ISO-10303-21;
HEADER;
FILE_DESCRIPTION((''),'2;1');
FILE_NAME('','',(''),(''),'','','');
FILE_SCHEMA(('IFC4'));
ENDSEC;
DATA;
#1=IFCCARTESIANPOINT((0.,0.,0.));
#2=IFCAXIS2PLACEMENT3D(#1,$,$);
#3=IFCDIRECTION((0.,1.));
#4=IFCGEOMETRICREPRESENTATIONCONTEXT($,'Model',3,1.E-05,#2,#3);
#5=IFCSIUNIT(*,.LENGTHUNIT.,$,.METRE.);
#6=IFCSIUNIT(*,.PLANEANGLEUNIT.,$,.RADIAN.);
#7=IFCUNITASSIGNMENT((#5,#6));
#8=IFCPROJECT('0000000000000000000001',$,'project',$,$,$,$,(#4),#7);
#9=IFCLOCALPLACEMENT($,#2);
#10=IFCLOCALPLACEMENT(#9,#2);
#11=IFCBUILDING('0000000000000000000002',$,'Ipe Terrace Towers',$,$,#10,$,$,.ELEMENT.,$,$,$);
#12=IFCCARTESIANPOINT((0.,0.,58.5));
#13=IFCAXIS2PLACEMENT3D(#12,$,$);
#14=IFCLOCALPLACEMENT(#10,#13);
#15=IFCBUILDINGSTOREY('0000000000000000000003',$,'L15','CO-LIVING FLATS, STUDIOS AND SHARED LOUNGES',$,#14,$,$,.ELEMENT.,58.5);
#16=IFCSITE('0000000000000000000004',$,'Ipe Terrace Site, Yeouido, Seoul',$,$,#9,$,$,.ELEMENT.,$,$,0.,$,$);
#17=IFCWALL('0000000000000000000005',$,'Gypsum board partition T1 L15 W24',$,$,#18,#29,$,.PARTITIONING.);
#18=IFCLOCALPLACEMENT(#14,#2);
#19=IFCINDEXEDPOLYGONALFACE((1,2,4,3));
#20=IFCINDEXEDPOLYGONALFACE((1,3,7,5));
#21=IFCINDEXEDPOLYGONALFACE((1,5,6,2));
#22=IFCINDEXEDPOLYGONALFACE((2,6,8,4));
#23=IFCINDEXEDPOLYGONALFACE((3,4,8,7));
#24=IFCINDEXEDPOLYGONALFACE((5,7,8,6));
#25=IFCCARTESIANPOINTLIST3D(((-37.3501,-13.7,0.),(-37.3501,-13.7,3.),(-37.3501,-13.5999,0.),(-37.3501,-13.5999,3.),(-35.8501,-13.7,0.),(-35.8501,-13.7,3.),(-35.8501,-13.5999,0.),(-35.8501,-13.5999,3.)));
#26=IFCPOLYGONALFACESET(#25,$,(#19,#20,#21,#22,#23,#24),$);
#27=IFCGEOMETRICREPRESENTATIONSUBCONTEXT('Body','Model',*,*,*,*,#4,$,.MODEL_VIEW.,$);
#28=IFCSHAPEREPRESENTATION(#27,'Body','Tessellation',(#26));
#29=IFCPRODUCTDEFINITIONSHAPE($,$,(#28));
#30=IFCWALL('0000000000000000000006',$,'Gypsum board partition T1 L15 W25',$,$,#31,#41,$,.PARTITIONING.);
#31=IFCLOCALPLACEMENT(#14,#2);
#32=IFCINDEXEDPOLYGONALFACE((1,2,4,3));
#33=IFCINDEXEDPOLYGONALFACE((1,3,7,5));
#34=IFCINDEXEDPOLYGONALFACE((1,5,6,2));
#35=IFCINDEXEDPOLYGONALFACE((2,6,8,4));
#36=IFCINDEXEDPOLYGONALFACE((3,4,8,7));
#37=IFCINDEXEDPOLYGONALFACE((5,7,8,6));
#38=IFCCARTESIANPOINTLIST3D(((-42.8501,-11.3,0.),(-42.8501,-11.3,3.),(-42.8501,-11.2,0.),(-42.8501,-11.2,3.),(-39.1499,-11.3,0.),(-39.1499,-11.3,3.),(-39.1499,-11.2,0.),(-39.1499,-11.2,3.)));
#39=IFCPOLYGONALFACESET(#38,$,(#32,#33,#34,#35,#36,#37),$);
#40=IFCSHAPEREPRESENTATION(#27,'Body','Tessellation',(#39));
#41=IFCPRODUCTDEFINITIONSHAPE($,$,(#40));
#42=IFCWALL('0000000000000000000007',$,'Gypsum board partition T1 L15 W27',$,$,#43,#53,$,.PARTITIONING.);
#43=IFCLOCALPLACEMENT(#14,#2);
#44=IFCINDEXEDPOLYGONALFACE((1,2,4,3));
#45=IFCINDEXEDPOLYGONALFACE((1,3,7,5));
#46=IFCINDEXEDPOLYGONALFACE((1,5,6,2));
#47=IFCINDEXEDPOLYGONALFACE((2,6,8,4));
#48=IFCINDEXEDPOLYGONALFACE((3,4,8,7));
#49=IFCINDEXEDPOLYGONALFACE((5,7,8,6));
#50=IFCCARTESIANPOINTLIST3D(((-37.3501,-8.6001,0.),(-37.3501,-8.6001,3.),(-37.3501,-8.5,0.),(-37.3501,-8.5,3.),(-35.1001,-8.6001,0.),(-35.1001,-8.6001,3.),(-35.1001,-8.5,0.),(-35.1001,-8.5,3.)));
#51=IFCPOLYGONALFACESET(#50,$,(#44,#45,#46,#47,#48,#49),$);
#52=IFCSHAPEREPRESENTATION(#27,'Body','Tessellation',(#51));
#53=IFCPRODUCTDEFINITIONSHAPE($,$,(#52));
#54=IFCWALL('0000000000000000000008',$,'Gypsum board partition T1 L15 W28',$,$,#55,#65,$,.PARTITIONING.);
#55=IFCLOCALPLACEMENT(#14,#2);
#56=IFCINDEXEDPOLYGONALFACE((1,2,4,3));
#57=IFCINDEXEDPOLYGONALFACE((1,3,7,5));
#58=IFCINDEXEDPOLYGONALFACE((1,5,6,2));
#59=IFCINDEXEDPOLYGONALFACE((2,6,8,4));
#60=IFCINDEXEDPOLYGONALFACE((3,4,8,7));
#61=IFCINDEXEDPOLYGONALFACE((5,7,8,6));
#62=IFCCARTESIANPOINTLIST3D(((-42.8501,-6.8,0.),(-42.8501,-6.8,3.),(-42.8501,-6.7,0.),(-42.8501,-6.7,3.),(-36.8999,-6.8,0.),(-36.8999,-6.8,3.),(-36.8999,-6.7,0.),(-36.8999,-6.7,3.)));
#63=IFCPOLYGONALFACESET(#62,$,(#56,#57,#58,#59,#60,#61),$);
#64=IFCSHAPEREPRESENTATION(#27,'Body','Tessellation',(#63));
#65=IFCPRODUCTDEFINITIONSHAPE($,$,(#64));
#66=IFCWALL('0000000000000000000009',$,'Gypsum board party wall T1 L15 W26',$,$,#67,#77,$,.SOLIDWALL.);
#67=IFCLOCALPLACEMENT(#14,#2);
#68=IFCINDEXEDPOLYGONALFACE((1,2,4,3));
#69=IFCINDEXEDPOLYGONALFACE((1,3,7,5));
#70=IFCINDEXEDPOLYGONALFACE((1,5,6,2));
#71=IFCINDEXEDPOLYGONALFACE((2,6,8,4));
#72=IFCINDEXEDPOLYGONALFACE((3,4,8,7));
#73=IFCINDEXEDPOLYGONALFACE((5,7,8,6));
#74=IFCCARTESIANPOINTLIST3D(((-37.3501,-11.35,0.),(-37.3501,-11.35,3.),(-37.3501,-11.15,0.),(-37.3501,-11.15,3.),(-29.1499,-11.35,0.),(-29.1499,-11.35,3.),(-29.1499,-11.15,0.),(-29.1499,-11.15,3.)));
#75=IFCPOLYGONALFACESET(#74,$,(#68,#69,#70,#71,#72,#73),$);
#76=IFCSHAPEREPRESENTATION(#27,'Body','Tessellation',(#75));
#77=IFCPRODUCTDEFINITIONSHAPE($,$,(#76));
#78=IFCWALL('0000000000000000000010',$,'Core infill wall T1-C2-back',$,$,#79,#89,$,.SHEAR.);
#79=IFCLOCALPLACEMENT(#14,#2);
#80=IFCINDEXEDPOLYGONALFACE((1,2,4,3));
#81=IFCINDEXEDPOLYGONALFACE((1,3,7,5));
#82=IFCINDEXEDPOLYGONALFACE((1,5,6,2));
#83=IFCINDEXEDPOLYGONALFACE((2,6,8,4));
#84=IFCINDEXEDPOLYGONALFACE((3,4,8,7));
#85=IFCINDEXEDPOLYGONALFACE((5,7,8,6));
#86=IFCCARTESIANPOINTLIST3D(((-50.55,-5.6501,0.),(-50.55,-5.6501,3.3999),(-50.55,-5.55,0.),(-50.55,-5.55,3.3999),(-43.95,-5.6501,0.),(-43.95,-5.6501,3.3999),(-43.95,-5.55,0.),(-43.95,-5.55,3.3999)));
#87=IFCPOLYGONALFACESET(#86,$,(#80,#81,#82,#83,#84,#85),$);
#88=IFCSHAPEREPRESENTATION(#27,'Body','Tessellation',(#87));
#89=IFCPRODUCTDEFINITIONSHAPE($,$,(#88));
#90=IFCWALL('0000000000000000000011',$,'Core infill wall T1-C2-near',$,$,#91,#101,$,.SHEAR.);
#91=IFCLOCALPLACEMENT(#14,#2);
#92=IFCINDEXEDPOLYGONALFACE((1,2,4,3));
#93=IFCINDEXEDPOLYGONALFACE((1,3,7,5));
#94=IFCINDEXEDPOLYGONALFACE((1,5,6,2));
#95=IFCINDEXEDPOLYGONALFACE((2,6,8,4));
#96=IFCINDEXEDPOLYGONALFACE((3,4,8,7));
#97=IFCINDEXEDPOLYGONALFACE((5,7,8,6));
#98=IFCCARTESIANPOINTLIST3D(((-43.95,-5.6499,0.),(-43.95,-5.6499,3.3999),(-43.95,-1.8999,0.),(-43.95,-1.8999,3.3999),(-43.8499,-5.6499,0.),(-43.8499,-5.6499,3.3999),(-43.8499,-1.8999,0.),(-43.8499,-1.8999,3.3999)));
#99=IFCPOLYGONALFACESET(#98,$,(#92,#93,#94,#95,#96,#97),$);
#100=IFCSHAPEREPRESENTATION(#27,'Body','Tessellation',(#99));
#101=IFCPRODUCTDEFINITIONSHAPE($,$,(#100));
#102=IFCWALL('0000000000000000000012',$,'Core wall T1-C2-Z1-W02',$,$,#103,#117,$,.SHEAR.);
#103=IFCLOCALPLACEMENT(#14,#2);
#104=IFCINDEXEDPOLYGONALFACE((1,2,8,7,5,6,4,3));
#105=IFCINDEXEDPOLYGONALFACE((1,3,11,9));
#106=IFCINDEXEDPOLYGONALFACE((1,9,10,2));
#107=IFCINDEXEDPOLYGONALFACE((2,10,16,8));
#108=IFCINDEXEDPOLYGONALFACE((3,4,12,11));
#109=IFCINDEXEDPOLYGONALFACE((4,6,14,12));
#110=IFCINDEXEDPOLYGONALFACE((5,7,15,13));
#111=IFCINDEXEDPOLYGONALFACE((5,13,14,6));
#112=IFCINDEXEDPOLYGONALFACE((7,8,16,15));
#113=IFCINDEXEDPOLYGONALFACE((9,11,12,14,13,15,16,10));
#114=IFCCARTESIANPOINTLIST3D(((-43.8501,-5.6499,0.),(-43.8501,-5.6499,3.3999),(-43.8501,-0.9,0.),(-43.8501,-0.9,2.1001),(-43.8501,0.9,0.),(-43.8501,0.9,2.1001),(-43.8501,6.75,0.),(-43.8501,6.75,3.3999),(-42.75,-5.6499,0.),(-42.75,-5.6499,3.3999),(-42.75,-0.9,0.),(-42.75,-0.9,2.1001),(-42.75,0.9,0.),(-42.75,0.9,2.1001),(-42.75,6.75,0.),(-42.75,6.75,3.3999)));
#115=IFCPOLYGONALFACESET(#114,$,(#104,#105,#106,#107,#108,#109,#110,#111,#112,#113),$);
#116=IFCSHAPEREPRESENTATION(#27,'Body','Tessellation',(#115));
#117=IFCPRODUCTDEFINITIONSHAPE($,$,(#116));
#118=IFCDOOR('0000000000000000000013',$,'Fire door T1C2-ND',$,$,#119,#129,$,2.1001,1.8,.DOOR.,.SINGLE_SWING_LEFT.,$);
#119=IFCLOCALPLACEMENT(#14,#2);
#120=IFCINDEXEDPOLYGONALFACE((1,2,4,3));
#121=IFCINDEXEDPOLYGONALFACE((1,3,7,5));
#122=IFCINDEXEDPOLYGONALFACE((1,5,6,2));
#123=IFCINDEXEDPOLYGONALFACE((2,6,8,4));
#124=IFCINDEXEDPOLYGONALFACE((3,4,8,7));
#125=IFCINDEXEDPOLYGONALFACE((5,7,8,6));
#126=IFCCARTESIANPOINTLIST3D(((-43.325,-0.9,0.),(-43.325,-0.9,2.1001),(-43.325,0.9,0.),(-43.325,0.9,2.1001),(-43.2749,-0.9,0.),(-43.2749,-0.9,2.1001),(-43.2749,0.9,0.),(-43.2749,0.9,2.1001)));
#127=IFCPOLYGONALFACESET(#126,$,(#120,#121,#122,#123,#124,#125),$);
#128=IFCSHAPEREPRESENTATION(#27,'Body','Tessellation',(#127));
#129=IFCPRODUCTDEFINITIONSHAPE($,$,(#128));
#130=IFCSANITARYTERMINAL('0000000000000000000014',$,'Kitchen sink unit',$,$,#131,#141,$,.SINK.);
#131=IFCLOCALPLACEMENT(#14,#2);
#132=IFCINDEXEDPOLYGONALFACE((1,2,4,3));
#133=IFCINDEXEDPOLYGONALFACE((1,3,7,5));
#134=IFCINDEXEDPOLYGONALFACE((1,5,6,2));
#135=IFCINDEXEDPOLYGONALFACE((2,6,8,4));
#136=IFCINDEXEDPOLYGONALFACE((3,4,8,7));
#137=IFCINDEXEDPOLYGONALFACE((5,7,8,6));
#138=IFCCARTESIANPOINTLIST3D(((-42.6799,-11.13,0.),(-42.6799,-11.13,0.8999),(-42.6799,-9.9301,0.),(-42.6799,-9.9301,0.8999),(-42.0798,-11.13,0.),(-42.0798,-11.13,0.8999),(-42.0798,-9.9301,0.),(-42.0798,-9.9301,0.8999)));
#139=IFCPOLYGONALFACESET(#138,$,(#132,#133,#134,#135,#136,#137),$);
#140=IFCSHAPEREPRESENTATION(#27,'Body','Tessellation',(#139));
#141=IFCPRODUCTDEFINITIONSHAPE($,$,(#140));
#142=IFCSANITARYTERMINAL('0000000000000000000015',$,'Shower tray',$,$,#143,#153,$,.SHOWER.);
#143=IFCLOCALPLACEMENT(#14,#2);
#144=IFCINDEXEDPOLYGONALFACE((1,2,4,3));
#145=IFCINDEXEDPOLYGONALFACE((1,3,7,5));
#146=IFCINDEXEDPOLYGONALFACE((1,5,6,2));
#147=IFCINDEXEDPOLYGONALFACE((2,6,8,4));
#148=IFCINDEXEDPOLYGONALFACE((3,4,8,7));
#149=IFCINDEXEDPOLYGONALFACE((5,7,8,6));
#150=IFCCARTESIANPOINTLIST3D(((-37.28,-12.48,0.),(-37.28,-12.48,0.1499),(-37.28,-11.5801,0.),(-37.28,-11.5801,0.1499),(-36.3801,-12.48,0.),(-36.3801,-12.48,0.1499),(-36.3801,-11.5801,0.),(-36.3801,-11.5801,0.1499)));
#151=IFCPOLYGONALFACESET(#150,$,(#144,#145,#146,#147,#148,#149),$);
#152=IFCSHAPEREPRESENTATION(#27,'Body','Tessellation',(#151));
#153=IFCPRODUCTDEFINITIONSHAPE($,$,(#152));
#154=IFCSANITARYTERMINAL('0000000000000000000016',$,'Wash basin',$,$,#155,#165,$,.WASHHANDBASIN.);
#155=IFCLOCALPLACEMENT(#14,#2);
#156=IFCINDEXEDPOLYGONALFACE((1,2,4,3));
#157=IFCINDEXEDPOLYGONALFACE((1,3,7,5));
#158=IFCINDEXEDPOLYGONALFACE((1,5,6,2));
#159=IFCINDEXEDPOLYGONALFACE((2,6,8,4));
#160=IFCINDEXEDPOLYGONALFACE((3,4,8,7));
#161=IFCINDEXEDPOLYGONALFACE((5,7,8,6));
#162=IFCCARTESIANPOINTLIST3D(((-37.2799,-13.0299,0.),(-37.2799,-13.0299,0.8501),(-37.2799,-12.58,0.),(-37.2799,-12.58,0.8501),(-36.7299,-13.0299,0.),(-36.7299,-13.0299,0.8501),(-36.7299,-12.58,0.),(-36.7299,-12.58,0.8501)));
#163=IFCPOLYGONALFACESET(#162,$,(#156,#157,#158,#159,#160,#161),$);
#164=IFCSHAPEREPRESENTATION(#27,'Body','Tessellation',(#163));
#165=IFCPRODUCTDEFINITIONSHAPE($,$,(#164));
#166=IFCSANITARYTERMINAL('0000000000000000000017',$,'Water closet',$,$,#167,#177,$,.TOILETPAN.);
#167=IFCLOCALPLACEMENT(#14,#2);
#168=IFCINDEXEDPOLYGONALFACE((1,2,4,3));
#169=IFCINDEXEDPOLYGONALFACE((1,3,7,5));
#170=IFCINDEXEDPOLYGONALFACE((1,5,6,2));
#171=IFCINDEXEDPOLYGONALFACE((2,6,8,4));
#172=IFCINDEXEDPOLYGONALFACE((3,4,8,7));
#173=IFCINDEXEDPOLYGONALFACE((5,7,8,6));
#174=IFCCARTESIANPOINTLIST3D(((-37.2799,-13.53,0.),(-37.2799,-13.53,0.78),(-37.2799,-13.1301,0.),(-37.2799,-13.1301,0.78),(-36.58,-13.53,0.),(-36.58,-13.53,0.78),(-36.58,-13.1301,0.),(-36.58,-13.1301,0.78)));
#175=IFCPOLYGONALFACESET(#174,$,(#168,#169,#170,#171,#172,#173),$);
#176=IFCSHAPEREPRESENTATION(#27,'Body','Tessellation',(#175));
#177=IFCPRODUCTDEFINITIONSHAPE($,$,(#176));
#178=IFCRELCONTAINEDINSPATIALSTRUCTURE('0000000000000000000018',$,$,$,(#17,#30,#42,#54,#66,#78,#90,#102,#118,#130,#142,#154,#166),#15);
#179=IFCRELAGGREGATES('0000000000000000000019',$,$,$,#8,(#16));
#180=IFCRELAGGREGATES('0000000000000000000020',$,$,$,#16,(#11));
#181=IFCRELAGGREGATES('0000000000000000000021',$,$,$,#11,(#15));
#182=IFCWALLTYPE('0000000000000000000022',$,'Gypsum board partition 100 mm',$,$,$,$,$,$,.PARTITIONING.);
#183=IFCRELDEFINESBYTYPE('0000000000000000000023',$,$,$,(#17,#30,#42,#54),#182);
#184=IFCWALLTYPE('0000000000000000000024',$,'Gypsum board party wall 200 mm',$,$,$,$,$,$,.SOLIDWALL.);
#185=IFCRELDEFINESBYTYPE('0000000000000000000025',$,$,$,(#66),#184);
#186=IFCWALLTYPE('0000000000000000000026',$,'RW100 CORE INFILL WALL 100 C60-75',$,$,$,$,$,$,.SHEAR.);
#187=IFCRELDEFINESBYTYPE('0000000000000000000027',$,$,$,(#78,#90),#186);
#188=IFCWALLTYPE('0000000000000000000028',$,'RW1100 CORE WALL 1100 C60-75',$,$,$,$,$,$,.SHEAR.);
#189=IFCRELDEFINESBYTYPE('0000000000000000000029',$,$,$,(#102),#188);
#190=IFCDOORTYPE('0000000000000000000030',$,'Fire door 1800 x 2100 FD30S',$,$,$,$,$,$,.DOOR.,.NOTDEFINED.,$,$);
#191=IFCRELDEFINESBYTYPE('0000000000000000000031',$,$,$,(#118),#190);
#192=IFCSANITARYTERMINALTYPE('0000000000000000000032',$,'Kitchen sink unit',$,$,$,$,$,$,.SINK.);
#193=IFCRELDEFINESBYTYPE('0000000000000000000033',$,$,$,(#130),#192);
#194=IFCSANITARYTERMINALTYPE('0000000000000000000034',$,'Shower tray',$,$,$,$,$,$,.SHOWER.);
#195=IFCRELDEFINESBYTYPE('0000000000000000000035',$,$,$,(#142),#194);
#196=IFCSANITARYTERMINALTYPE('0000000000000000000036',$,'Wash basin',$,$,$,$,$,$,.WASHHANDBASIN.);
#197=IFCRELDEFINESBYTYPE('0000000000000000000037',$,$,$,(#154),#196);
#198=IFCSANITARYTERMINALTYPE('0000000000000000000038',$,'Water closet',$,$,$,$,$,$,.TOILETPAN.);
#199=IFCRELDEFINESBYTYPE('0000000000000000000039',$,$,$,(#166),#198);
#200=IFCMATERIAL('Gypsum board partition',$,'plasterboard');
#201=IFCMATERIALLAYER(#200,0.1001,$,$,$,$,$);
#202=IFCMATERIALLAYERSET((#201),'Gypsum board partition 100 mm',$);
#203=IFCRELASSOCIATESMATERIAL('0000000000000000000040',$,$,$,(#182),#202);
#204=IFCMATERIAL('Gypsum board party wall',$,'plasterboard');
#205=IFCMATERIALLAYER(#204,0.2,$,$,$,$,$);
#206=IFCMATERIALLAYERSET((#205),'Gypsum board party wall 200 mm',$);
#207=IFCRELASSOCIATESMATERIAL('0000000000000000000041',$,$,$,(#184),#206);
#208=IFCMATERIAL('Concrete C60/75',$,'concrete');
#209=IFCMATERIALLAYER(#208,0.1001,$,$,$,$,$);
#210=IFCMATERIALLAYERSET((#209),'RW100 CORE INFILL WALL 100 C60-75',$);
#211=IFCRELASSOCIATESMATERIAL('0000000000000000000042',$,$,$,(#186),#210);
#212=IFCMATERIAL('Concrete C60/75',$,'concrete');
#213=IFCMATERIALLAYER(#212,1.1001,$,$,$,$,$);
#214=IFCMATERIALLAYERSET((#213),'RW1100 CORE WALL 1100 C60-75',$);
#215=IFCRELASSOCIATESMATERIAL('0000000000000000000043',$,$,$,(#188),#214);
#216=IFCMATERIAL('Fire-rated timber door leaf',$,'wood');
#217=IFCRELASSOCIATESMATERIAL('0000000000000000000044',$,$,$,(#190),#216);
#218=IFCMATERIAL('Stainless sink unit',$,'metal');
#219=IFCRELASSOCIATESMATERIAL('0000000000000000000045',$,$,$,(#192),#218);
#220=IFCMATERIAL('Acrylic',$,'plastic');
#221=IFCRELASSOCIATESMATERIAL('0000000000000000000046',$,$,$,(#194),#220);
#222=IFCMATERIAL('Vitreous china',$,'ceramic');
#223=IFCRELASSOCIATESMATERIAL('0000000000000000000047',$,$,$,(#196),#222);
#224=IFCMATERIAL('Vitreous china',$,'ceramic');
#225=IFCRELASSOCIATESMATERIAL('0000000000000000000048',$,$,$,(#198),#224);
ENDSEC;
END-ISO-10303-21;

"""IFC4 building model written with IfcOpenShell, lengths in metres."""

from ifc_helpers import new_model, si_unit, direction, frame, frame_2d, origin, origin_2d, place, context, subcontext, project, spatial, rectangle, extrude, material, layer, layer_set, type_object, element, fill, save


model = new_model("IFC4")

# Units and contexts
model_context = context("Model", 3, precision=1e-05, world=origin(), true_north=direction((0.0, 1.0)))
body_context = subcontext(model_context, "Body", "Model", "MODEL_VIEW")
ifc_project = project(units=[si_unit("LENGTHUNIT", "METRE"), si_unit("PLANEANGLEUNIT", "RADIAN")], contexts=[model_context])

# Site, building, storey
site_placement = place(None, origin())
site = spatial("IfcSite", under=ifc_project, at=site_placement, Name="Ipe Terrace Site, Yeouido, Seoul", CompositionType="ELEMENT", RefElevation=0.0)
building_placement = place(site_placement, origin())
building = spatial("IfcBuilding", under=site, at=building_placement, Name="Ipe Terrace Towers", CompositionType="ELEMENT")
storey_placement = place(building_placement, frame((0.0, 0.0, 58.5)))
storey = spatial("IfcBuildingStorey", under=building, at=storey_placement, Name="L15", Description="CO-LIVING FLATS, STUDIOS AND SHARED LOUNGES", CompositionType="ELEMENT", Elevation=58.5)

# Shared definitions
ifc_material_1 = material(Name="Gypsum board partition", Category="plasterboard")
ifc_layer_1 = layer(ifc_material_1, 0.1001)
ifc_layer_set_1 = layer_set([ifc_layer_1], Name="Gypsum board partition 100 mm")
wall_type_1 = type_object("IfcWallType", Name="Gypsum board partition 100 mm", PredefinedType="PARTITIONING", material=ifc_layer_set_1)

# Walls
wall_1_placement = place(storey_placement, frame((-37.3501, -13.6499, 0.0), z_axis=(0.0, 0.0, 1.0), x_axis=(1.0, 0.0, 0.0)))
element("IfcWall", 1, at=wall_1_placement, inside=storey, type_object=wall_type_1, Name="Gypsum board partition T1 L15 W24", PredefinedType="PARTITIONING", context=body_context, shape_type="SweptSolid", body=[
    extrude(rectangle(XDim=1.5, YDim=0.1001, at=frame_2d((0.75, 0.0))), origin(), (0.0, 0.0, 1.0), 3.0),
])
wall_2_placement = place(storey_placement, frame((-42.8501, -11.25, 0.0), z_axis=(0.0, 0.0, 1.0), x_axis=(1.0, 0.0, 0.0)))
element("IfcWall", 2, at=wall_2_placement, inside=storey, type_object=wall_type_1, Name="Gypsum board partition T1 L15 W25", PredefinedType="PARTITIONING", context=body_context, shape_type="SweptSolid", body=[
    extrude(rectangle(XDim=3.7002, YDim=0.1001, at=frame_2d((1.8501, 0.0))), origin(), (0.0, 0.0, 1.0), 3.0),
])
wall_3_placement = place(storey_placement, frame((-37.3501, -8.55, 0.0), z_axis=(0.0, 0.0, 1.0), x_axis=(1.0, 0.0, 0.0)))
element("IfcWall", 3, at=wall_3_placement, inside=storey, type_object=wall_type_1, Name="Gypsum board partition T1 L15 W27", PredefinedType="PARTITIONING", context=body_context, shape_type="SweptSolid", body=[
    extrude(rectangle(XDim=2.25, YDim=0.1001, at=frame_2d((1.125, 0.0))), origin(), (0.0, 0.0, 1.0), 3.0),
])
wall_4_placement = place(storey_placement, frame((-42.8501, -6.75, 0.0), z_axis=(0.0, 0.0, 1.0), x_axis=(1.0, 0.0, 0.0)))
element("IfcWall", 4, at=wall_4_placement, inside=storey, type_object=wall_type_1, Name="Gypsum board partition T1 L15 W28", PredefinedType="PARTITIONING", context=body_context, shape_type="SweptSolid", body=[
    extrude(rectangle(XDim=5.9502, YDim=0.1001, at=frame_2d((2.9751, 0.0))), origin(), (0.0, 0.0, 1.0), 3.0),
])
ifc_material_2 = material(Name="Gypsum board party wall", Category="plasterboard")
ifc_layer_2 = layer(ifc_material_2, 0.2)
ifc_layer_set_2 = layer_set([ifc_layer_2], Name="Gypsum board party wall 200 mm")
wall_type_2 = type_object("IfcWallType", Name="Gypsum board party wall 200 mm", PredefinedType="SOLIDWALL", material=ifc_layer_set_2)
wall_5_placement = place(storey_placement, frame((-37.3501, -11.25, 0.0), z_axis=(0.0, 0.0, 1.0), x_axis=(1.0, 0.0, 0.0)))
element("IfcWall", 5, at=wall_5_placement, inside=storey, type_object=wall_type_2, Name="Gypsum board party wall T1 L15 W26", PredefinedType="SOLIDWALL", context=body_context, shape_type="SweptSolid", body=[
    extrude(rectangle(XDim=8.2002, YDim=0.2, at=frame_2d((4.1001, 0.0))), origin(), (0.0, 0.0, 1.0), 3.0),
])
ifc_material_3 = material(Name="Concrete C60/75", Category="concrete")
ifc_layer_3 = layer(ifc_material_3, 0.1001)
ifc_layer_set_3 = layer_set([ifc_layer_3], Name="RW100 CORE INFILL WALL 100 C60-75")
wall_type_3 = type_object("IfcWallType", Name="RW100 CORE INFILL WALL 100 C60-75", PredefinedType="SHEAR", material=ifc_layer_set_3)
wall_6_placement = place(storey_placement, frame((-43.95, -5.6001, 0.0), z_axis=(0.0, 0.0, 1.0), x_axis=(-1.0, 0.0, 0.0)))
element("IfcWall", 6, at=wall_6_placement, inside=storey, type_object=wall_type_3, Name="Core infill wall T1-C2-back", PredefinedType="SHEAR", context=body_context, shape_type="SweptSolid", body=[
    extrude(rectangle(XDim=6.6001, YDim=0.1001, at=frame_2d((3.3, 0.0))), origin(), (0.0, 0.0, 1.0), 3.3999),
])
wall_7_placement = place(storey_placement, frame((-43.8999, -1.8999, 0.0), z_axis=(0.0, 0.0, 1.0), x_axis=(0.0, -1.0, 0.0)))
element("IfcWall", 7, at=wall_7_placement, inside=storey, type_object=wall_type_3, Name="Core infill wall T1-C2-near", PredefinedType="SHEAR", context=body_context, shape_type="SweptSolid", body=[
    extrude(rectangle(XDim=3.75, YDim=0.1001, at=frame_2d((1.875, 0.0))), origin(), (0.0, 0.0, 1.0), 3.3999),
])

# Wall, opening, door
ifc_material_4 = material(Name="Concrete C60/75", Category="concrete")
ifc_layer_4 = layer(ifc_material_4, 1.1001)
ifc_layer_set_4 = layer_set([ifc_layer_4], Name="RW1100 CORE WALL 1100 C60-75")
wall_type_4 = type_object("IfcWallType", Name="RW1100 CORE WALL 1100 C60-75", PredefinedType="SHEAR", material=ifc_layer_set_4)
wall_8_placement = place(storey_placement, frame((-43.3, -5.6499, 0.0), z_axis=(0.0, 0.0, 1.0), x_axis=(0.0, 1.0, 0.0)))
wall_8 = element("IfcWall", 8, at=wall_8_placement, inside=storey, type_object=wall_type_4, Name="Core wall T1-C2-Z1-W02", PredefinedType="SHEAR", context=body_context, shape_type="SweptSolid", body=[
    extrude(rectangle(XDim=12.3999, YDim=1.1001, at=frame_2d((6.2, 0.0))), origin(), (0.0, 0.0, 1.0), 3.3999),
])
opening_1_placement = place(wall_8_placement, frame((4.75, 0.0, 0.0)))
opening_1 = element("IfcOpeningElement", 9, at=opening_1_placement, cuts=wall_8, PredefinedType="OPENING", context=body_context, shape_type="SweptSolid", body=[
    extrude(rectangle(XDim=1.8, YDim=2.1001, at=frame_2d((0.8999, 1.05))), frame((0.0, 0.5601, 0.0), z_axis=(0.0, -1.0, 0.0), x_axis=(1.0, 0.0, 0.0)), (0.0, 0.0, 1.0), 1.1201),
])
ifc_material_5 = material(Name="Fire-rated timber door leaf", Category="wood")
door_type_1 = type_object("IfcDoorType", Name="Fire door 1800 x 2100 FD30S", OperationType="NOTDEFINED", PredefinedType="DOOR", material=ifc_material_5)
door_1_placement = place(opening_1_placement, origin())
door_1 = element("IfcDoor", 10, at=door_1_placement, inside=storey, type_object=door_type_1, Name="Fire door T1C2-ND", OperationType="SINGLE_SWING_LEFT", OverallHeight=2.1001, OverallWidth=1.8, PredefinedType="DOOR", context=body_context, shape_type="SweptSolid", body=[
    extrude(rectangle(XDim=1.8, YDim=2.1001, at=frame_2d((0.8999, 1.05))), frame((0.0, 0.0249, 0.0), z_axis=(0.0, -1.0, 0.0), x_axis=(1.0, 0.0, 0.0)), (0.0, 0.0, 1.0), 0.05),
])
fill(opening_1, door_1)

# Sanitary terminals
ifc_material_6 = material(Name="Stainless sink unit", Category="metal")
sanitary_terminal_type_1 = type_object("IfcSanitaryTerminalType", Name="Kitchen sink unit", PredefinedType="SINK", material=ifc_material_6)
sanitary_terminal_1_placement = place(storey_placement, frame((-42.3799, -10.53, 0.0), z_axis=(0.0, 0.0, 1.0), x_axis=(0.0, 1.0, 0.0)))
element("IfcSanitaryTerminal", 11, at=sanitary_terminal_1_placement, inside=storey, type_object=sanitary_terminal_type_1, Name="Kitchen sink unit", PredefinedType="SINK", context=body_context, shape_type="SweptSolid", body=[
    extrude(rectangle(XDim=1.2, YDim=0.6001, at=origin_2d()), origin(), (0.0, 0.0, 1.0), 0.8999),
])
ifc_material_7 = material(Name="Acrylic", Category="plastic")
sanitary_terminal_type_2 = type_object("IfcSanitaryTerminalType", Name="Shower tray", PredefinedType="SHOWER", material=ifc_material_7)
sanitary_terminal_2_placement = place(storey_placement, frame((-36.8301, -12.03, 0.0), z_axis=(0.0, 0.0, 1.0), x_axis=(1.0, 0.0, 0.0)))
element("IfcSanitaryTerminal", 12, at=sanitary_terminal_2_placement, inside=storey, type_object=sanitary_terminal_type_2, Name="Shower tray", PredefinedType="SHOWER", context=body_context, shape_type="SweptSolid", body=[
    extrude(rectangle(XDim=0.8999, YDim=0.8999, at=origin_2d()), origin(), (0.0, 0.0, 1.0), 0.1499),
])
ifc_material_8 = material(Name="Vitreous china", Category="ceramic")
sanitary_terminal_type_3 = type_object("IfcSanitaryTerminalType", Name="Wash basin", PredefinedType="WASHHANDBASIN", material=ifc_material_8)
sanitary_terminal_3_placement = place(storey_placement, frame((-37.0049, -12.8049, 0.0), z_axis=(0.0, 0.0, 1.0), x_axis=(1.0, 0.0, 0.0)))
element("IfcSanitaryTerminal", 13, at=sanitary_terminal_3_placement, inside=storey, type_object=sanitary_terminal_type_3, Name="Wash basin", PredefinedType="WASHHANDBASIN", context=body_context, shape_type="SweptSolid", body=[
    extrude(rectangle(XDim=0.55, YDim=0.45, at=origin_2d()), origin(), (0.0, 0.0, 1.0), 0.8501),
])
ifc_material_9 = material(Name="Vitreous china", Category="ceramic")
sanitary_terminal_type_4 = type_object("IfcSanitaryTerminalType", Name="Water closet", PredefinedType="TOILETPAN", material=ifc_material_9)
sanitary_terminal_4_placement = place(storey_placement, frame((-36.9299, -13.3301, 0.0), z_axis=(0.0, 0.0, 1.0), x_axis=(1.0, 0.0, 0.0)))
element("IfcSanitaryTerminal", 14, at=sanitary_terminal_4_placement, inside=storey, type_object=sanitary_terminal_type_4, Name="Water closet", PredefinedType="TOILETPAN", context=body_context, shape_type="SweptSolid", body=[
    extrude(rectangle(XDim=0.7, YDim=0.3999, at=origin_2d()), origin(), (0.0, 0.0, 1.0), 0.78),
])

save(model, "model.ifc")
